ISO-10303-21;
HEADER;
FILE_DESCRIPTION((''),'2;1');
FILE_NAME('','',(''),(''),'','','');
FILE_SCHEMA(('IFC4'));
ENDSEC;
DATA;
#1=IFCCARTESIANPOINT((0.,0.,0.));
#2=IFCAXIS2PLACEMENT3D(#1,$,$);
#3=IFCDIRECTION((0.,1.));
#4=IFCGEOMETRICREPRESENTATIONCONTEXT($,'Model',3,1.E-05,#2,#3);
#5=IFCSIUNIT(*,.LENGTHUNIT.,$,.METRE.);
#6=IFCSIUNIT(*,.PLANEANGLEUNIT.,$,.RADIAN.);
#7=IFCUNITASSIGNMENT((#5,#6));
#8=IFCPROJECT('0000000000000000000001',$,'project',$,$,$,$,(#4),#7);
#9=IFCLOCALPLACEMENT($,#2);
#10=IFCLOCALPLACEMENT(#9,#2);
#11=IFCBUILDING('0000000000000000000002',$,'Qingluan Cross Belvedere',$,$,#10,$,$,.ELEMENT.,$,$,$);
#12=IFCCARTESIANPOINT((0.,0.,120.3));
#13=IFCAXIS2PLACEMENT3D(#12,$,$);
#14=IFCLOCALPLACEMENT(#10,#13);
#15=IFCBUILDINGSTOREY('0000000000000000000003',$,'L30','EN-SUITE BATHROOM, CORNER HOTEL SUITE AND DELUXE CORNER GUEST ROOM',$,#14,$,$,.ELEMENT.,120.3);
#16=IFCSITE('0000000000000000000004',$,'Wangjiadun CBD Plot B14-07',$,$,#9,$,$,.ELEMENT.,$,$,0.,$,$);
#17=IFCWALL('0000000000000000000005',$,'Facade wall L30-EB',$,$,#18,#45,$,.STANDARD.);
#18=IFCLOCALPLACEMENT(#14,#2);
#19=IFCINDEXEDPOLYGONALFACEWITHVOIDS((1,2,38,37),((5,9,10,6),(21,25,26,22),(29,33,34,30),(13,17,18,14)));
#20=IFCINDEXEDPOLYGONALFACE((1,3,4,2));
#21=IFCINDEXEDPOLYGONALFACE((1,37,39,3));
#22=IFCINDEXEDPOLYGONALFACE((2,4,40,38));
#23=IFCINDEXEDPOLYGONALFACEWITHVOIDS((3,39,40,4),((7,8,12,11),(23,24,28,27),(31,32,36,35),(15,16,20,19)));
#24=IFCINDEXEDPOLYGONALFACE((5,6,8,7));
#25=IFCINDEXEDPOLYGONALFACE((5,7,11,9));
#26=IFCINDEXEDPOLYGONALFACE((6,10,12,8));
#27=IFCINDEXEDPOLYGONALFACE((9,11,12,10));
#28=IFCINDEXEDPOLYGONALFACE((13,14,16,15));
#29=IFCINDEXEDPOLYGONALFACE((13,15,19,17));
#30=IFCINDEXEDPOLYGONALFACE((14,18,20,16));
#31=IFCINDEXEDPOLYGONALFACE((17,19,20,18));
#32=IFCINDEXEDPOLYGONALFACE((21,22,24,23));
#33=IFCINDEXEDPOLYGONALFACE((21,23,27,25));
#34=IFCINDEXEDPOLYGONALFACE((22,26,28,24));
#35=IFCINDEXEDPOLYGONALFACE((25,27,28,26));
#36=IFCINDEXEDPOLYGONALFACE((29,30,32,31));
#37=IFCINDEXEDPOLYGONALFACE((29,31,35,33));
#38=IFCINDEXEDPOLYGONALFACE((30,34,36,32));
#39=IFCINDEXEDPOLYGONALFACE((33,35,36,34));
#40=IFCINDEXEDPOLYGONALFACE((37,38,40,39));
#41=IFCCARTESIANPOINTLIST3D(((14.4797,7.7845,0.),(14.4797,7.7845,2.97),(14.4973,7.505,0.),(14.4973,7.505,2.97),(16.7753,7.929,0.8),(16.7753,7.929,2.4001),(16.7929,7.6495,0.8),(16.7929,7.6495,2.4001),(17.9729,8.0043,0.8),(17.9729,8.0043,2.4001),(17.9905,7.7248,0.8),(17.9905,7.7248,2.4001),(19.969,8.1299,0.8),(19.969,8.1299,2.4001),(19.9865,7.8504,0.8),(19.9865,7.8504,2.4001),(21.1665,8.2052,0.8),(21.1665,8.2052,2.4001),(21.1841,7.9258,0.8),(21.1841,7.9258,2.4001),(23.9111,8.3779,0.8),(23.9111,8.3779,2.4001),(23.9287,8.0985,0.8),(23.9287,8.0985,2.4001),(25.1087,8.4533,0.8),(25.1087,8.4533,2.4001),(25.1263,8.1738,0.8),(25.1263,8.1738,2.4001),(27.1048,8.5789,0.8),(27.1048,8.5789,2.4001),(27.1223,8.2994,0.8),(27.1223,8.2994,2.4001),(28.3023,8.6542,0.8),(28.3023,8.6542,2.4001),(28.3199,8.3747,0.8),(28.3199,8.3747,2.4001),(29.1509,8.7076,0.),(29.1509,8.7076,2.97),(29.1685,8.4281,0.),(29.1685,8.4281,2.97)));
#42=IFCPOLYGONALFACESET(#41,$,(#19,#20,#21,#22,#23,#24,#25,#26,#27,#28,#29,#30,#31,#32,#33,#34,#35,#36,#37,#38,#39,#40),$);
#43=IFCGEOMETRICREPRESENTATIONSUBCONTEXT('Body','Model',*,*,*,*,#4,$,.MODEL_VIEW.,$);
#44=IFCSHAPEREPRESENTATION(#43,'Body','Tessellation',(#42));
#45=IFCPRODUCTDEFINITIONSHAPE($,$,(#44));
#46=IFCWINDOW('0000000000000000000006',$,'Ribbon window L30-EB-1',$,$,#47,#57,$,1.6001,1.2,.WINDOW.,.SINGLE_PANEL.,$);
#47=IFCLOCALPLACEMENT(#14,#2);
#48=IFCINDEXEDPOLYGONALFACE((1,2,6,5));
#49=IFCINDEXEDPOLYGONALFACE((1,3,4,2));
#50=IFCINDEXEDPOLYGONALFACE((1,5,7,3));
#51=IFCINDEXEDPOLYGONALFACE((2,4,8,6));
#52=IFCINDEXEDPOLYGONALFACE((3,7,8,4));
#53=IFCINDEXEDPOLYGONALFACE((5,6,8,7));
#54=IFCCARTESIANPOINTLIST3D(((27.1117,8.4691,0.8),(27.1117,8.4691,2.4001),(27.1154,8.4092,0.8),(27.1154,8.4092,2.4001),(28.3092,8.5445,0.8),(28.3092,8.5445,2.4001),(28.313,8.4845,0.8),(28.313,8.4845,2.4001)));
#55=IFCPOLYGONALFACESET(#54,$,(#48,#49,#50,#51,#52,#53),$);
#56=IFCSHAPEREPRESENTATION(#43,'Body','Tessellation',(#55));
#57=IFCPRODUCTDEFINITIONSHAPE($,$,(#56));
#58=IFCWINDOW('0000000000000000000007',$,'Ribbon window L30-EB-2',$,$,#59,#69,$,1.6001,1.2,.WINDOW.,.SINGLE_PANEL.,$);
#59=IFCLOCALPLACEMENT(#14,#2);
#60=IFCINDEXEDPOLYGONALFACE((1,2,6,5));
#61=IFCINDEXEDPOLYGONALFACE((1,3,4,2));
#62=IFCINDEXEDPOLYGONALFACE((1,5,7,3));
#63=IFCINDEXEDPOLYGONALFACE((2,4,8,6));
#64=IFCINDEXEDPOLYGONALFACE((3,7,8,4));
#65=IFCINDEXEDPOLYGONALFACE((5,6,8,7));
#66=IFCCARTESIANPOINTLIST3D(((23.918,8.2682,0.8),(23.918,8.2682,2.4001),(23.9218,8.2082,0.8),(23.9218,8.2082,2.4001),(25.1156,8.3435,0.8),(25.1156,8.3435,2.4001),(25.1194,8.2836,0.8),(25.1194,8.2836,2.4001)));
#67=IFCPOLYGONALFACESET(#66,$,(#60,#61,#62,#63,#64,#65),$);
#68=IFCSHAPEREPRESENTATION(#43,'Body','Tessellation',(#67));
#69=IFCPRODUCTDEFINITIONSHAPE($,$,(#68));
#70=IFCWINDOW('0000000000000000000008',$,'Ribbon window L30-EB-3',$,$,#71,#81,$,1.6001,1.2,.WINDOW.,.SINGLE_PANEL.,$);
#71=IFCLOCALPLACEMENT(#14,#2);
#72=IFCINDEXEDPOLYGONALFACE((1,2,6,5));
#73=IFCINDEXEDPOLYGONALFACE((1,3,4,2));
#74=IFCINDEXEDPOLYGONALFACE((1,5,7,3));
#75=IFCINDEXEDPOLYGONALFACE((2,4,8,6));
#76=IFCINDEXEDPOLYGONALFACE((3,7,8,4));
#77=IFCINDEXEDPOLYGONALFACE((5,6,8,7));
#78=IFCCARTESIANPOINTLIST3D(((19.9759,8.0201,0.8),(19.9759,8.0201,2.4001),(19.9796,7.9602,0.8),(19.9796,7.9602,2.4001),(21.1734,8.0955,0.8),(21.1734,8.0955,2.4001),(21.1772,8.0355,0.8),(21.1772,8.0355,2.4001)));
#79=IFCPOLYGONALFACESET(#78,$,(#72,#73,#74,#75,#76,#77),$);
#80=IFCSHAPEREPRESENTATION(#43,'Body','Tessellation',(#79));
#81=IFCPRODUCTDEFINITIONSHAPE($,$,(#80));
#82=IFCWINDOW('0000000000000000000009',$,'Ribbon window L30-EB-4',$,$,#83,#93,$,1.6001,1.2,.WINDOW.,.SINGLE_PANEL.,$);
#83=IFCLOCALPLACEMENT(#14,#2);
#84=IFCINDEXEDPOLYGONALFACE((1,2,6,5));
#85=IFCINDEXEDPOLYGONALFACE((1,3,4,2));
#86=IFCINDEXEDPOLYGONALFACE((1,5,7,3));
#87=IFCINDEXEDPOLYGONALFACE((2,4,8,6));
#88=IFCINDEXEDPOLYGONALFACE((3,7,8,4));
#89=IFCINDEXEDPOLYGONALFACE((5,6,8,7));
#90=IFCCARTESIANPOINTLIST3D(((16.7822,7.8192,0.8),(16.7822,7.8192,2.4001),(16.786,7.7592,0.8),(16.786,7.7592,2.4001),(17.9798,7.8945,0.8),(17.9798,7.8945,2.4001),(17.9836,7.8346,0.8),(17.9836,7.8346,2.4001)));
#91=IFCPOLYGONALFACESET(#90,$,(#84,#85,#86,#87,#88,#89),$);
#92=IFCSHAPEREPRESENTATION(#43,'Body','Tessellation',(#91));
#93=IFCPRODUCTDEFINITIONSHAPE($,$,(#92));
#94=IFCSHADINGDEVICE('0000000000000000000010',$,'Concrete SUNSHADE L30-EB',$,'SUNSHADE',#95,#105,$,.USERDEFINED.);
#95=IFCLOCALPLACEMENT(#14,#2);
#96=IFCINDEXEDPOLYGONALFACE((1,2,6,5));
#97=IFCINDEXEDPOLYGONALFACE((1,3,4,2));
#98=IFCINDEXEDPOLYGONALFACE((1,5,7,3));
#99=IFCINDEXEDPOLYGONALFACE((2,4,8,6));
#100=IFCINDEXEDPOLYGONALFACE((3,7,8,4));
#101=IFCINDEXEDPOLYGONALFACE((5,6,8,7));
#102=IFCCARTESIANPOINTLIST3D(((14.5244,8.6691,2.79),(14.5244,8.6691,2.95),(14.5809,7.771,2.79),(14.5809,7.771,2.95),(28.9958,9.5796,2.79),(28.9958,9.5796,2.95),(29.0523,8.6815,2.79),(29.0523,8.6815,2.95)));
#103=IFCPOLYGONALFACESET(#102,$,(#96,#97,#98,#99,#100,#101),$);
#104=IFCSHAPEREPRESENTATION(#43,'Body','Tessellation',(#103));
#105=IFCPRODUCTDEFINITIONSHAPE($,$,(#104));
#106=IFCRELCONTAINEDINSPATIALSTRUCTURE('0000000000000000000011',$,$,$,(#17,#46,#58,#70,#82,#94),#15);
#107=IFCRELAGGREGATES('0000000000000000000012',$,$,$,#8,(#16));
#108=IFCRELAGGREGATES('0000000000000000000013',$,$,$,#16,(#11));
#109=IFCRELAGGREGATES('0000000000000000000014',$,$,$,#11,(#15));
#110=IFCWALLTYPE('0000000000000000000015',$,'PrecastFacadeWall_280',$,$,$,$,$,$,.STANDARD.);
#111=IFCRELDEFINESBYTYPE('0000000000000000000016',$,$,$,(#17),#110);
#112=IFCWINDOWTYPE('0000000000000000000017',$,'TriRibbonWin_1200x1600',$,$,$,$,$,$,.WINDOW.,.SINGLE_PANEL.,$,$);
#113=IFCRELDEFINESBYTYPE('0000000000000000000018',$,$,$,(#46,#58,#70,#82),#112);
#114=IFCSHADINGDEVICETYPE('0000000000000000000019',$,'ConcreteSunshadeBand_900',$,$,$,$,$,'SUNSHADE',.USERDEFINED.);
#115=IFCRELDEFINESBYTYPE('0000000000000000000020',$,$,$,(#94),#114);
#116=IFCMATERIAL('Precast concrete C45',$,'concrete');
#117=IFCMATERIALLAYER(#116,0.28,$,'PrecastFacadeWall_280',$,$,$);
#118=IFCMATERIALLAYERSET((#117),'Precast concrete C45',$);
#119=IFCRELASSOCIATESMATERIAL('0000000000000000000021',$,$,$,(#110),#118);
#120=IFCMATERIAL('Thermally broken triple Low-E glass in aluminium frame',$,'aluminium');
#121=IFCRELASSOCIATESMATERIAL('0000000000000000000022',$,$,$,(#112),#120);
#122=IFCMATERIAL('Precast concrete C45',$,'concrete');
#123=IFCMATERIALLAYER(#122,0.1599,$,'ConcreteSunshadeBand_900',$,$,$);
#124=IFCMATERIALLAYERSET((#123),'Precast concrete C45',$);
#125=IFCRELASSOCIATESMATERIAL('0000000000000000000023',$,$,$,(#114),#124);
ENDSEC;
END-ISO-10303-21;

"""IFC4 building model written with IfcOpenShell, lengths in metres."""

from ifc_helpers import new_model, si_unit, direction, frame, frame_2d, origin, origin_2d, place, context, subcontext, project, spatial, rectangle, extrude, material, layer, layer_set, type_object, element, fill, save


model = new_model("IFC4")

# Units and contexts
model_context = context("Model", 3, precision=1e-05, world=origin(), true_north=direction((0.0, 1.0)))
body_context = subcontext(model_context, "Body", "Model", "MODEL_VIEW")
ifc_project = project(units=[si_unit("LENGTHUNIT", "METRE"), si_unit("PLANEANGLEUNIT", "RADIAN")], contexts=[model_context])

# Site, building, storey
site_placement = place(None, origin())
site = spatial("IfcSite", under=ifc_project, at=site_placement, Name="Wangjiadun CBD Plot B14-07", CompositionType="ELEMENT", RefElevation=0.0)
building_placement = place(site_placement, origin())
building = spatial("IfcBuilding", under=site, at=building_placement, Name="Qingluan Cross Belvedere", CompositionType="ELEMENT")
storey_placement = place(building_placement, frame((0.0, 0.0, 120.3)))
storey = spatial("IfcBuildingStorey", under=building, at=storey_placement, Name="L30", Description="EN-SUITE BATHROOM, CORNER HOTEL SUITE AND DELUXE CORNER GUEST ROOM", CompositionType="ELEMENT", Elevation=120.3)

# Wall, openings, windows
ifc_material_1 = material(Name="Precast concrete C45", Category="concrete")
ifc_layer_1 = layer(ifc_material_1, 0.28, Name="PrecastFacadeWall_280")
ifc_layer_set_1 = layer_set([ifc_layer_1], Name="Precast concrete C45")
wall_type_1 = type_object("IfcWallType", Name="PrecastFacadeWall_280", PredefinedType="STANDARD", material=ifc_layer_set_1)
wall_1_placement = place(storey_placement, frame((29.1597, 8.5679, 0.0), z_axis=(0.0, 0.0, 1.0), x_axis=(-0.998026, -0.062795, 0.0)))
wall_1 = element("IfcWall", 1, at=wall_1_placement, inside=storey, type_object=wall_type_1, Name="Facade wall L30-EB", PredefinedType="STANDARD", context=body_context, shape_type="SweptSolid", body=[
    extrude(rectangle(XDim=14.7002, YDim=0.28, at=frame_2d((7.3501, 0.0))), origin(), (0.0, 0.0, 1.0), 2.97),
])
opening_1_placement = place(wall_1_placement, frame((0.8501, 0.0, 0.8)))
opening_1 = element("IfcOpeningElement", 2, at=opening_1_placement, cuts=wall_1, PredefinedType="OPENING", context=body_context, shape_type="SweptSolid", body=[
    extrude(rectangle(XDim=1.2, YDim=1.6001, at=frame_2d((0.6001, 0.8))), frame((0.0, 0.1499, 0.0), z_axis=(0.0, -1.0, 0.0), x_axis=(1.0, 0.0, 0.0)), (0.0, 0.0, 1.0), 0.3),
])
opening_2_placement = place(wall_1_placement, frame((4.05, 0.0, 0.8)))
opening_2 = element("IfcOpeningElement", 3, at=opening_2_placement, cuts=wall_1, PredefinedType="OPENING", context=body_context, shape_type="SweptSolid", body=[
    extrude(rectangle(XDim=1.2, YDim=1.6001, at=frame_2d((0.6001, 0.8))), frame((0.0, 0.1499, 0.0), z_axis=(0.0, -1.0, 0.0), x_axis=(1.0, 0.0, 0.0)), (0.0, 0.0, 1.0), 0.3),
])
opening_3_placement = place(wall_1_placement, frame((8.0, 0.0, 0.8)))
opening_3 = element("IfcOpeningElement", 4, at=opening_3_placement, cuts=wall_1, PredefinedType="OPENING", context=body_context, shape_type="SweptSolid", body=[
    extrude(rectangle(XDim=1.2, YDim=1.6001, at=frame_2d((0.6001, 0.8))), frame((0.0, 0.1499, 0.0), z_axis=(0.0, -1.0, 0.0), x_axis=(1.0, 0.0, 0.0)), (0.0, 0.0, 1.0), 0.3),
])
opening_4_placement = place(wall_1_placement, frame((11.2, 0.0, 0.8)))
opening_4 = element("IfcOpeningElement", 5, at=opening_4_placement, cuts=wall_1, PredefinedType="OPENING", context=body_context, shape_type="SweptSolid", body=[
    extrude(rectangle(XDim=1.2, YDim=1.6001, at=frame_2d((0.6001, 0.8))), frame((0.0, 0.1499, 0.0), z_axis=(0.0, -1.0, 0.0), x_axis=(1.0, 0.0, 0.0)), (0.0, 0.0, 1.0), 0.3),
])
ifc_material_2 = material(Name="Thermally broken triple Low-E glass in aluminium frame", Category="aluminium")
window_type = type_object("IfcWindowType", Name="TriRibbonWin_1200x1600", PartitioningType="SINGLE_PANEL", PredefinedType="WINDOW", material=ifc_material_2)
window_1_placement = place(opening_1_placement, origin())
window_1 = element("IfcWindow", 6, at=window_1_placement, inside=storey, type_object=window_type, Name="Ribbon window L30-EB-1", OverallHeight=1.6001, OverallWidth=1.2, PartitioningType="SINGLE_PANEL", PredefinedType="WINDOW", context=body_context, shape_type="SweptSolid", body=[
    extrude(rectangle(XDim=1.2, YDim=1.6001, at=frame_2d((0.6001, 0.8))), frame((0.0, 0.03, 0.0), z_axis=(0.0, -1.0, 0.0), x_axis=(1.0, 0.0, 0.0)), (0.0, 0.0, 1.0), 0.0601),
])
fill(opening_1, window_1)
window_2_placement = place(opening_2_placement, origin())
window_2 = element("IfcWindow", 7, at=window_2_placement, inside=storey, type_object=window_type, Name="Ribbon window L30-EB-2", OverallHeight=1.6001, OverallWidth=1.2, PartitioningType="SINGLE_PANEL", PredefinedType="WINDOW", context=body_context, shape_type="SweptSolid", body=[
    extrude(rectangle(XDim=1.2, YDim=1.6001, at=frame_2d((0.6001, 0.8))), frame((0.0, 0.03, 0.0), z_axis=(0.0, -1.0, 0.0), x_axis=(1.0, 0.0, 0.0)), (0.0, 0.0, 1.0), 0.0601),
])
fill(opening_2, window_2)
window_3_placement = place(opening_3_placement, origin())
window_3 = element("IfcWindow", 8, at=window_3_placement, inside=storey, type_object=window_type, Name="Ribbon window L30-EB-3", OverallHeight=1.6001, OverallWidth=1.2, PartitioningType="SINGLE_PANEL", PredefinedType="WINDOW", context=body_context, shape_type="SweptSolid", body=[
    extrude(rectangle(XDim=1.2, YDim=1.6001, at=frame_2d((0.6001, 0.8))), frame((0.0, 0.03, 0.0), z_axis=(0.0, -1.0, 0.0), x_axis=(1.0, 0.0, 0.0)), (0.0, 0.0, 1.0), 0.0601),
])
fill(opening_3, window_3)
window_4_placement = place(opening_4_placement, origin())
window_4 = element("IfcWindow", 9, at=window_4_placement, inside=storey, type_object=window_type, Name="Ribbon window L30-EB-4", OverallHeight=1.6001, OverallWidth=1.2, PartitioningType="SINGLE_PANEL", PredefinedType="WINDOW", context=body_context, shape_type="SweptSolid", body=[
    extrude(rectangle(XDim=1.2, YDim=1.6001, at=frame_2d((0.6001, 0.8))), frame((0.0, 0.03, 0.0), z_axis=(0.0, -1.0, 0.0), x_axis=(1.0, 0.0, 0.0)), (0.0, 0.0, 1.0), 0.0601),
])
fill(opening_4, window_4)

# Shading device
ifc_material_3 = material(Name="Precast concrete C45", Category="concrete")
ifc_layer_2 = layer(ifc_material_3, 0.1599, Name="ConcreteSunshadeBand_900")
ifc_layer_set_2 = layer_set([ifc_layer_2], Name="Precast concrete C45")
shading_device_type = type_object("IfcShadingDeviceType", Name="ConcreteSunshadeBand_900", ElementType="SUNSHADE", PredefinedType="USERDEFINED", material=ifc_layer_set_2)
shading_device_placement = place(storey_placement, frame((21.7883, 8.6753, 2.79), z_axis=(0.0, 0.0, 1.0), x_axis=(-0.998026, -0.062796, 0.0)))
element("IfcShadingDevice", 10, at=shading_device_placement, inside=storey, type_object=shading_device_type, Name="Concrete SUNSHADE L30-EB", ObjectType="SUNSHADE", PredefinedType="USERDEFINED", context=body_context, shape_type="SweptSolid", body=[
    extrude(rectangle(XDim=14.5, YDim=0.8999, at=origin_2d()), origin(), (0.0, 0.0, 1.0), 0.1599),
])

save(model, "model.ifc")
